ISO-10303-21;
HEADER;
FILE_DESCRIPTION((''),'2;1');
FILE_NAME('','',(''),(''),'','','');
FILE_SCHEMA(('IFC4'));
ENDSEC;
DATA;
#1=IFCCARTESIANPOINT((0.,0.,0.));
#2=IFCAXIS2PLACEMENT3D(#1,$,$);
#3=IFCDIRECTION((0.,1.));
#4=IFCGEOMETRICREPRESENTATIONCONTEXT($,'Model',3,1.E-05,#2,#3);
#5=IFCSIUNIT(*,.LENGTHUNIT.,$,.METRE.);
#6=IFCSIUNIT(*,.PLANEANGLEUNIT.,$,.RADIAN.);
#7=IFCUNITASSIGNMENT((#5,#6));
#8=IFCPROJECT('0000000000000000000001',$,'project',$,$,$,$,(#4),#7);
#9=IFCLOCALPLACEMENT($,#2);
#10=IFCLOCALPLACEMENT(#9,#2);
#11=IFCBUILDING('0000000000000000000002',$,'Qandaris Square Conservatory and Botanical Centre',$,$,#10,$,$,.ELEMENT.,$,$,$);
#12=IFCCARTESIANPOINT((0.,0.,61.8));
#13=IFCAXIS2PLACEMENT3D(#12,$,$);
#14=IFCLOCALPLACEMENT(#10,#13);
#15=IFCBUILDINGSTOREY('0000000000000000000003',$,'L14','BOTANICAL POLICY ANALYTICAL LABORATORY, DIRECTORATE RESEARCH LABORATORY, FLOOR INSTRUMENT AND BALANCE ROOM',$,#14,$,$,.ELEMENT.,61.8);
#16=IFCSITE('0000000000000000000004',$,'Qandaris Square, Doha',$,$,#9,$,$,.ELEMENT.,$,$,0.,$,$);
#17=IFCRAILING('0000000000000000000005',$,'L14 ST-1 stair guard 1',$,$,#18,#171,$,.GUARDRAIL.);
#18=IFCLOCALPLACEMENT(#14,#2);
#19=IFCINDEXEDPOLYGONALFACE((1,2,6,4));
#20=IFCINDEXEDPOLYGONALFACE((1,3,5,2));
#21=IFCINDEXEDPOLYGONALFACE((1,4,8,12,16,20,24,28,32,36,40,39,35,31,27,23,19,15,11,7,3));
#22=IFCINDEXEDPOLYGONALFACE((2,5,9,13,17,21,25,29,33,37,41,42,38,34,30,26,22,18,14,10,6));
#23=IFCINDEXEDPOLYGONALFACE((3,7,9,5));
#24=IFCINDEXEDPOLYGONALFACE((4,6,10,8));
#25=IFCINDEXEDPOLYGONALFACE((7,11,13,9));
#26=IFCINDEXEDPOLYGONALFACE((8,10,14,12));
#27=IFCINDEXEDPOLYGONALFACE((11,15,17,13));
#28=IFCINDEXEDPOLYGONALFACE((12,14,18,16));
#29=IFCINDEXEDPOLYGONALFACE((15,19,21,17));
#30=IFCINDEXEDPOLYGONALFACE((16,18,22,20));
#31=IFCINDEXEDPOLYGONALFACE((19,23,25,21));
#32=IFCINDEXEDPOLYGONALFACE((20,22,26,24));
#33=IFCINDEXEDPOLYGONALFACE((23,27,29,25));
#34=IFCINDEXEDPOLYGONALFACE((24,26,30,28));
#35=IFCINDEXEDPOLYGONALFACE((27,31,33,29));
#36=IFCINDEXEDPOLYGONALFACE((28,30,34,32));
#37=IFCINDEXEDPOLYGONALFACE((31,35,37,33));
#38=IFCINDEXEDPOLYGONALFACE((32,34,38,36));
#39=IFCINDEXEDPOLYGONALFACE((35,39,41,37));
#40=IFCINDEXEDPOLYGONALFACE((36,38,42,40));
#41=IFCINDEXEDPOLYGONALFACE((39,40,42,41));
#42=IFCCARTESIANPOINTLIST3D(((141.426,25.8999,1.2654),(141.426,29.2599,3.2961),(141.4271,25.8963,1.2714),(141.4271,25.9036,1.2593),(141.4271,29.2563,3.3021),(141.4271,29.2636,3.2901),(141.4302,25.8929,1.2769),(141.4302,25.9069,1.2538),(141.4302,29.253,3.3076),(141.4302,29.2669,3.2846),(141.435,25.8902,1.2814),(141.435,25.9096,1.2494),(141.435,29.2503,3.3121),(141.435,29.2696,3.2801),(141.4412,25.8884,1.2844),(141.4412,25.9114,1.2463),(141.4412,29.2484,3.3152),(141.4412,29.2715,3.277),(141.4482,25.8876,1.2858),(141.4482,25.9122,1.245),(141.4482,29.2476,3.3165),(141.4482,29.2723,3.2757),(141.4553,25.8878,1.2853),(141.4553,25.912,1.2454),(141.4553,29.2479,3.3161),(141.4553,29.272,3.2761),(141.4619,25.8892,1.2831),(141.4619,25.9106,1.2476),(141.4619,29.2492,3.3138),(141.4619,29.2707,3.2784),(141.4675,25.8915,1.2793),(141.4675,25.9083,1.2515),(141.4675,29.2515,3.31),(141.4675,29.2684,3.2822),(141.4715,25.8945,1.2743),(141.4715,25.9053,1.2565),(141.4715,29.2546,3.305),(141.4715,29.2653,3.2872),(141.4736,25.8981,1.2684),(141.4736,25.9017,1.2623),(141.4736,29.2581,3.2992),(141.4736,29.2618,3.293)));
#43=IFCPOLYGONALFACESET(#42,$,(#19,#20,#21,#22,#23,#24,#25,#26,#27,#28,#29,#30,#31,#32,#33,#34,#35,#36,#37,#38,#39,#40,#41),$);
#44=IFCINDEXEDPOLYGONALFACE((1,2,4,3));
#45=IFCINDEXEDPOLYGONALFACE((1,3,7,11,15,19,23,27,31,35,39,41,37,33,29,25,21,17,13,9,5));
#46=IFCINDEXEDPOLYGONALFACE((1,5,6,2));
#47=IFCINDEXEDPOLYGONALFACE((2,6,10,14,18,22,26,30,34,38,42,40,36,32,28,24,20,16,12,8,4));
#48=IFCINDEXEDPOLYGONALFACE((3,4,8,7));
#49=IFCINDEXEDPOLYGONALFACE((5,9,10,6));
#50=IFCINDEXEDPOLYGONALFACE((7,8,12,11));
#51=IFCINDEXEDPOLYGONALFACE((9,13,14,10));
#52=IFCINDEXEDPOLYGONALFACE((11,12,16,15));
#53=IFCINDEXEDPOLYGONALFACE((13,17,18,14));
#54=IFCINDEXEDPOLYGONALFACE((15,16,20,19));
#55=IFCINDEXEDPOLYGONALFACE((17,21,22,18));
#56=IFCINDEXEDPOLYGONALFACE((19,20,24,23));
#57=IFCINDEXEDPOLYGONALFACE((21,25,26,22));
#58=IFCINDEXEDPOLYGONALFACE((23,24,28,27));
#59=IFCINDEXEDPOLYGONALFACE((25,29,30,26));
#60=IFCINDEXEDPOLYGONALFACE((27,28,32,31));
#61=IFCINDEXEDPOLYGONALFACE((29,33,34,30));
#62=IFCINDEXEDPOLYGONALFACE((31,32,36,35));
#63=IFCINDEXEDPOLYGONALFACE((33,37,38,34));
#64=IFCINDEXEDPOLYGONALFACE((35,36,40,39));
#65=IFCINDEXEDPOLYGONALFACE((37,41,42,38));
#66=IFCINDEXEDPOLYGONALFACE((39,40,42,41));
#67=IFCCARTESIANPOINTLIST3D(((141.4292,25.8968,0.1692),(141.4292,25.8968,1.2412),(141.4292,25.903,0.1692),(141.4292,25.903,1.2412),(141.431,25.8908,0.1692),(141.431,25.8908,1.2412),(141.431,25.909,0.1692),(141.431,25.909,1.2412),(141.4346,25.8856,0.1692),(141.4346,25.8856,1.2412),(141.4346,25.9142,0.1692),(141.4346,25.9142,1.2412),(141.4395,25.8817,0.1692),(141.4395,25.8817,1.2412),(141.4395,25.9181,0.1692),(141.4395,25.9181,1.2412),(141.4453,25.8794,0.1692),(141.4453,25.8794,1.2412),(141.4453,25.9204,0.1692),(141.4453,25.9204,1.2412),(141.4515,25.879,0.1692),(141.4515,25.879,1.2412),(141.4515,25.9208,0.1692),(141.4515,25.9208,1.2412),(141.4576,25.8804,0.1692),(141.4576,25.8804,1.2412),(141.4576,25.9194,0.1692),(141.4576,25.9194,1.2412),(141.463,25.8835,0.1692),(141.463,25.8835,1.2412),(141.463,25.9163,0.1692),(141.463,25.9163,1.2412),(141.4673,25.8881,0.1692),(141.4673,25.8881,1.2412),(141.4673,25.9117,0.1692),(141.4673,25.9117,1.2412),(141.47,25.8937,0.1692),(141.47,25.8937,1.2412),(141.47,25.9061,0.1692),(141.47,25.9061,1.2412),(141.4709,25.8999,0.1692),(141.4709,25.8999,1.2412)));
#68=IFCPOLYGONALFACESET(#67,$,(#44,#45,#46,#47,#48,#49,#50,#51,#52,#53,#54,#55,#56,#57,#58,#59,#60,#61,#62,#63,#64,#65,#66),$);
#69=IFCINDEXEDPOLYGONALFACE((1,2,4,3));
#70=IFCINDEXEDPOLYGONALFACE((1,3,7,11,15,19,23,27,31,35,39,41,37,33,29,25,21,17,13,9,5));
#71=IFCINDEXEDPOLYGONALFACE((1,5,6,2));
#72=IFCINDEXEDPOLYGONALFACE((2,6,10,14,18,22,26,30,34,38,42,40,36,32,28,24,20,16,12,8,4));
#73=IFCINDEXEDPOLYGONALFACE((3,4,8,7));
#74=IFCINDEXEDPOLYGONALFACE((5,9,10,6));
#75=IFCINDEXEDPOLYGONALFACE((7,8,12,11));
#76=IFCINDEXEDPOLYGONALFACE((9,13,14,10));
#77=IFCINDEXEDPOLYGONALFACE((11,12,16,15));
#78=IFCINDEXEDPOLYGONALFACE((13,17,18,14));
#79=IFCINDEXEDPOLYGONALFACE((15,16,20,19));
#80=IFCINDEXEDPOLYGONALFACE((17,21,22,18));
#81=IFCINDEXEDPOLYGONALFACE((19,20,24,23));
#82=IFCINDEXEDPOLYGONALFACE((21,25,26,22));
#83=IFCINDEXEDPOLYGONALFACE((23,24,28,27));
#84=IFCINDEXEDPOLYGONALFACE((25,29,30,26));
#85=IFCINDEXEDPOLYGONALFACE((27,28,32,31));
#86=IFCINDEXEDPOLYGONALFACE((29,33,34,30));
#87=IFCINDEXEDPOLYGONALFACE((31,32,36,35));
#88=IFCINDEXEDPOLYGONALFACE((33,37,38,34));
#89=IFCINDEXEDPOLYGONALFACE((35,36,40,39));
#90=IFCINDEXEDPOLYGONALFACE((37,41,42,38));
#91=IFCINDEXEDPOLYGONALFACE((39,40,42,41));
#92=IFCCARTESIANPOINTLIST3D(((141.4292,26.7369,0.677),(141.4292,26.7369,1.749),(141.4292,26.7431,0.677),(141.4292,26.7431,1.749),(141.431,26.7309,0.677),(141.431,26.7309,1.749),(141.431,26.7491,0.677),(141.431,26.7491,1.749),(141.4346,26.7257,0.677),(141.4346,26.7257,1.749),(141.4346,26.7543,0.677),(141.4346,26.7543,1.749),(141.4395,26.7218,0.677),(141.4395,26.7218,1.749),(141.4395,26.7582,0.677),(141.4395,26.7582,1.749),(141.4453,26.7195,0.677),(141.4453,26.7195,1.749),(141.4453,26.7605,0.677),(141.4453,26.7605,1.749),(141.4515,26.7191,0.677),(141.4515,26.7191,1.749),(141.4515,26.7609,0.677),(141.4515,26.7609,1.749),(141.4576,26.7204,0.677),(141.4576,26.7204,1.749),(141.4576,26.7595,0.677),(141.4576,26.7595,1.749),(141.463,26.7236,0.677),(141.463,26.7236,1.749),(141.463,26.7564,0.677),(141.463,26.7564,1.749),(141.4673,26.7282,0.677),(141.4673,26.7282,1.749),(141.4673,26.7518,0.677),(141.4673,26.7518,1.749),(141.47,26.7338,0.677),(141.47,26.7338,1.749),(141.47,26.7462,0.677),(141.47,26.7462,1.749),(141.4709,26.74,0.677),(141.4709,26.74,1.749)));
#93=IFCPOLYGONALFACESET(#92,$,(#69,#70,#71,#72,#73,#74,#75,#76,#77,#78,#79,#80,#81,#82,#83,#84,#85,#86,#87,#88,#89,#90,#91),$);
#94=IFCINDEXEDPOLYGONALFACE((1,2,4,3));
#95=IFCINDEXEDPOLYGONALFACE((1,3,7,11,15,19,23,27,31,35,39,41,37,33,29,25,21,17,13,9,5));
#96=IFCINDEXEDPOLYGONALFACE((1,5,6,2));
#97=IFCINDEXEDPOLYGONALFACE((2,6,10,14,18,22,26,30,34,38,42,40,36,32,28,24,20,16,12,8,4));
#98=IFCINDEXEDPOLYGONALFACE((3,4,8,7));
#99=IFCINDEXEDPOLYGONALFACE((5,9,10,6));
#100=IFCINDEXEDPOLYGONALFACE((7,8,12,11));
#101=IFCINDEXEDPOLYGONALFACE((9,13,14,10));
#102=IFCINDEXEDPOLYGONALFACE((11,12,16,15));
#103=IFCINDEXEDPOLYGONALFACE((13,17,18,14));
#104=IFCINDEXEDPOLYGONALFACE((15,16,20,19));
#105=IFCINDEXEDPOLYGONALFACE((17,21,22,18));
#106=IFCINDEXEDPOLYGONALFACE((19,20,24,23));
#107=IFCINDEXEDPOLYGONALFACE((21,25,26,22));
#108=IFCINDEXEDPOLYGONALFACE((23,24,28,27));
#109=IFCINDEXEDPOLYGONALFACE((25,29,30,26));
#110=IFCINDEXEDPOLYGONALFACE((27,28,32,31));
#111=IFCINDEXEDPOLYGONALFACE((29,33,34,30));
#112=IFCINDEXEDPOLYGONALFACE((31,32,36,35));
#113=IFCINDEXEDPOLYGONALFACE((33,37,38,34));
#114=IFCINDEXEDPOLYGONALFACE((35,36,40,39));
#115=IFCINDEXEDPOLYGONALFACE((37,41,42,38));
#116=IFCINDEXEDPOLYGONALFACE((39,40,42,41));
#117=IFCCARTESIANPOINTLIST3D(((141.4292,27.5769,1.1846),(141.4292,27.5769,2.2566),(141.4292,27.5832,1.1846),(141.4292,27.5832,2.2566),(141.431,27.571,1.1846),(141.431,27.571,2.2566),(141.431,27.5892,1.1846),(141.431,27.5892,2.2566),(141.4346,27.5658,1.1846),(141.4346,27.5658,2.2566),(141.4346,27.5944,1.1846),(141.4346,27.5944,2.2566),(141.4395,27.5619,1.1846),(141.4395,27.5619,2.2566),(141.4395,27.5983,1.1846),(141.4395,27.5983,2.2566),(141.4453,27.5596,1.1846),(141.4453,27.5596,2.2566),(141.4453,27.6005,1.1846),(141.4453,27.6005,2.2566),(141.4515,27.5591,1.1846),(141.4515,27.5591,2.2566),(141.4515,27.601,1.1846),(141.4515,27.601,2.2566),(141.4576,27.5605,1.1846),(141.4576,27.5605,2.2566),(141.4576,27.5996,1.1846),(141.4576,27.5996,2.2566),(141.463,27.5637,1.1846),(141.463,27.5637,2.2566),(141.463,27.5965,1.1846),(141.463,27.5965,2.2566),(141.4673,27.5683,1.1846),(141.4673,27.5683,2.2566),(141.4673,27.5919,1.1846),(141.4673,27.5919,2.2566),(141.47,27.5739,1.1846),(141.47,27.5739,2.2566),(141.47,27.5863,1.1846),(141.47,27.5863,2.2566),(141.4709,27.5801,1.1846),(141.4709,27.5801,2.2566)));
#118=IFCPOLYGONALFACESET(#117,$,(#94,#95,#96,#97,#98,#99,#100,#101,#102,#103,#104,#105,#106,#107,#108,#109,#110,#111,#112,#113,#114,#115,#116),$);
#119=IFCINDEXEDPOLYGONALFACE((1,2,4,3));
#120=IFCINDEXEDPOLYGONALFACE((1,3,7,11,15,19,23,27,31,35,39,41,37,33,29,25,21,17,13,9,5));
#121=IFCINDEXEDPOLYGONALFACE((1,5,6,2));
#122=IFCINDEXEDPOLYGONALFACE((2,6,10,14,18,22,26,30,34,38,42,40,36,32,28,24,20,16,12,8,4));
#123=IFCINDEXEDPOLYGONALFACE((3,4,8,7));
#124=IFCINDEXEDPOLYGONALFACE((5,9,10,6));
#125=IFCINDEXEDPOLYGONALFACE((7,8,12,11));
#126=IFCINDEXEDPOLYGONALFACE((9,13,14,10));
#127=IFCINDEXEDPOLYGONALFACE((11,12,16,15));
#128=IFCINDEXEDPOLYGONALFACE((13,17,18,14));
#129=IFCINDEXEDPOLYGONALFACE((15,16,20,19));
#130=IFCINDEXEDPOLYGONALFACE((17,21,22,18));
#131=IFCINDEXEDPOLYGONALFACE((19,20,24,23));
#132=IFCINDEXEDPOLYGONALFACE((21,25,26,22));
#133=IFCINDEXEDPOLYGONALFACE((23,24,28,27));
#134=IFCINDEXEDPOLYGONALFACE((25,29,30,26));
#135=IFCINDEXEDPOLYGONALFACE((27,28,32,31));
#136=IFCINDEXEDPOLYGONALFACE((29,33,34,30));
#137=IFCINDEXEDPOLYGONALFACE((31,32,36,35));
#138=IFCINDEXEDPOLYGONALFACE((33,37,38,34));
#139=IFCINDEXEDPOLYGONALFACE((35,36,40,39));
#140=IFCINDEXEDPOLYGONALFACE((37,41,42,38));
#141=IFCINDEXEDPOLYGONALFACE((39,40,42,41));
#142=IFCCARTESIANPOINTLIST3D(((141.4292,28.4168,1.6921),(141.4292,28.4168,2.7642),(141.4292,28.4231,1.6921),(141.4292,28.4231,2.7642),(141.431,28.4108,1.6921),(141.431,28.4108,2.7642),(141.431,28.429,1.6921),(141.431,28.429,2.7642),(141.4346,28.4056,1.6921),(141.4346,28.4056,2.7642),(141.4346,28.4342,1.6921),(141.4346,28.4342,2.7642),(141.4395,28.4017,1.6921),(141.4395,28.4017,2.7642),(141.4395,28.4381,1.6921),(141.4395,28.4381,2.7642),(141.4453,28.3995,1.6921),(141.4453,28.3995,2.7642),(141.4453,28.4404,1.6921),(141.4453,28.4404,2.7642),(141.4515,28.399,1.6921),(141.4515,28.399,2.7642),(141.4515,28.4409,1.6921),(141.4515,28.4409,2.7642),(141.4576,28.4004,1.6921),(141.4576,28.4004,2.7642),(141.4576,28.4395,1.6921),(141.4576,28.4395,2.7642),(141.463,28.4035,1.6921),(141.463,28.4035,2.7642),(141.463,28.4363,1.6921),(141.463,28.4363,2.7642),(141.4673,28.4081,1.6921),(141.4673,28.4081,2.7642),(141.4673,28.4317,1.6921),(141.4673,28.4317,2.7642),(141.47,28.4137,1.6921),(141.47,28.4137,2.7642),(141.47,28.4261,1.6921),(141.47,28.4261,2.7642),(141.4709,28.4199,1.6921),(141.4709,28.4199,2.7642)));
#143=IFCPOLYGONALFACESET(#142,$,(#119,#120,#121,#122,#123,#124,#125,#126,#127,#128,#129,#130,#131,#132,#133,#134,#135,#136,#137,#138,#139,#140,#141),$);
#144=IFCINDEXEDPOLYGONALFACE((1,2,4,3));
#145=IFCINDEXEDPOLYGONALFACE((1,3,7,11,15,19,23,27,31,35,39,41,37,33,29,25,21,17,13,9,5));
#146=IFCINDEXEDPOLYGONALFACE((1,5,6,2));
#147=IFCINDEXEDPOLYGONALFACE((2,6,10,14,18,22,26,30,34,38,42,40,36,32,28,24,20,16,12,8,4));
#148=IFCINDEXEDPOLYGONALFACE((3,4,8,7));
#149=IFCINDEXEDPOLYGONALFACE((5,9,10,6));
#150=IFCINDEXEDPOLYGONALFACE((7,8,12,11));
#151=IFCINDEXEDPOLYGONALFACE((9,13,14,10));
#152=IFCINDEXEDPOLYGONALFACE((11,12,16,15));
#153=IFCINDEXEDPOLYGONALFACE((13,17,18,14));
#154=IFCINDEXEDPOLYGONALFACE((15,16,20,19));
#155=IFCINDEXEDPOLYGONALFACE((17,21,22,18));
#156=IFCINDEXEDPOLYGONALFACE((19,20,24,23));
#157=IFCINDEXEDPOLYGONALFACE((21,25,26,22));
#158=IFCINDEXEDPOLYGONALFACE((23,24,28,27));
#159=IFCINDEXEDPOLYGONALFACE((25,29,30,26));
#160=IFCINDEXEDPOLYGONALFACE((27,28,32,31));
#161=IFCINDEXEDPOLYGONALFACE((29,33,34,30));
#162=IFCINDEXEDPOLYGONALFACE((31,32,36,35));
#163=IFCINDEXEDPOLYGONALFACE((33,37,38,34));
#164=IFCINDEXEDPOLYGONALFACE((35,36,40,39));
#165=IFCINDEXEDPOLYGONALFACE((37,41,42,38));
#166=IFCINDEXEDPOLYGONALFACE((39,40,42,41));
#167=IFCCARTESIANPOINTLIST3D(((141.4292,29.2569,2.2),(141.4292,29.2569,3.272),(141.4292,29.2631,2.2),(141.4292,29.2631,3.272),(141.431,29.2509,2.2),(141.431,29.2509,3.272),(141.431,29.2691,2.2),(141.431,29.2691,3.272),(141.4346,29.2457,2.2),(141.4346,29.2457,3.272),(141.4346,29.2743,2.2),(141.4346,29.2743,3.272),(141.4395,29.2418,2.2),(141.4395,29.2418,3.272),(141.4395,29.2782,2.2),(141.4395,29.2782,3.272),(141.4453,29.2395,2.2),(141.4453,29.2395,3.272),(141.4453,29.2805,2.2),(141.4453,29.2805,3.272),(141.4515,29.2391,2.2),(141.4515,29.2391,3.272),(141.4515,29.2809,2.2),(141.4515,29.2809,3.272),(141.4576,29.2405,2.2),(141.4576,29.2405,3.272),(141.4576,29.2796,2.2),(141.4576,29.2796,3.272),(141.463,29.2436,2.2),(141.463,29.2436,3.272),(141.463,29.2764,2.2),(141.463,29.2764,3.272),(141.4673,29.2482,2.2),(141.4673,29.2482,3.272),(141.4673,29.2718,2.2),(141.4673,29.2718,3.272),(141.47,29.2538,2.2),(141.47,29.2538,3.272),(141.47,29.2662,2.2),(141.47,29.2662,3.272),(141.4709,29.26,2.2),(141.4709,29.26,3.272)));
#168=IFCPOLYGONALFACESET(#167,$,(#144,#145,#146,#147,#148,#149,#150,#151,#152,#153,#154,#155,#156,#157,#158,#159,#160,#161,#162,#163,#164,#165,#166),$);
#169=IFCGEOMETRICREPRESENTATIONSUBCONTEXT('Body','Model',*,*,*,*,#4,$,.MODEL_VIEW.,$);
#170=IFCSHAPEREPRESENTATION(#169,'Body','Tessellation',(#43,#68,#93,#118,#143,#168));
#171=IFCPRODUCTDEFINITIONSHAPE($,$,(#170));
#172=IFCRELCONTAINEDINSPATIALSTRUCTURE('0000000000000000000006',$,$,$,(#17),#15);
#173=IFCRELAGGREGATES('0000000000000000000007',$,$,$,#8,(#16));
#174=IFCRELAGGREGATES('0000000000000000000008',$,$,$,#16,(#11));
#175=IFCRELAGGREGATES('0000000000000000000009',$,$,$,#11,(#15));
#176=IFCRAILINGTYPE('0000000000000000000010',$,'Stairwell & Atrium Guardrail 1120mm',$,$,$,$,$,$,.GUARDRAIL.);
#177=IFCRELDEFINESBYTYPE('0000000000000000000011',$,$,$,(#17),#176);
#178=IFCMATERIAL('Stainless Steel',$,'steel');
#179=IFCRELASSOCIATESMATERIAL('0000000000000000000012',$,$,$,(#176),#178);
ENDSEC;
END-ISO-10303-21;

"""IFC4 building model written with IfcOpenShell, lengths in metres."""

from ifc_helpers import new_model, si_unit, direction, frame, origin, origin_2d, place, context, subcontext, project, spatial, circle, extrude, material, type_object, element, save


model = new_model("IFC4")

# Units and contexts
model_context = context("Model", 3, precision=1e-05, world=origin(), true_north=direction((0.0, 1.0)))
body_context = subcontext(model_context, "Body", "Model", "MODEL_VIEW")
ifc_project = project(units=[si_unit("LENGTHUNIT", "METRE"), si_unit("PLANEANGLEUNIT", "RADIAN")], contexts=[model_context])

# Site, building, storey
site_placement = place(None, origin())
site = spatial("IfcSite", under=ifc_project, at=site_placement, Name="Qandaris Square, Doha", CompositionType="ELEMENT", RefElevation=0.0)
building_placement = place(site_placement, origin())
building = spatial("IfcBuilding", under=site, at=building_placement, Name="Qandaris Square Conservatory and Botanical Centre", CompositionType="ELEMENT")
storey_placement = place(building_placement, frame((0.0, 0.0, 61.8)))
storey = spatial("IfcBuildingStorey", under=building, at=storey_placement, Name="L14", Description="BOTANICAL POLICY ANALYTICAL LABORATORY, DIRECTORATE RESEARCH LABORATORY, FLOOR INSTRUMENT AND BALANCE ROOM", CompositionType="ELEMENT", Elevation=61.8)

# Railing
ifc_material_1 = material(Name="Stainless Steel", Category="steel")
railing_type_1 = type_object("IfcRailingType", Name="Stairwell & Atrium Guardrail 1120mm", PredefinedType="GUARDRAIL", material=ifc_material_1)
railing_1_placement = place(storey_placement, frame((141.45, 25.8999, 0.1692)))
element("IfcRailing", 1, at=railing_1_placement, inside=storey, type_object=railing_type_1, Name="L14 ST-1 stair guard 1", PredefinedType="GUARDRAIL", context=body_context, shape_type="SweptSolid", body=[
    extrude(circle(Radius=0.0239, at=origin_2d()), frame((0.0, 0.0, 1.0962), z_axis=(0.0, 0.855837, 0.517246), x_axis=(-1.0, 0.0, 0.0)), (0.0, 0.0, 1.0), 3.926),
    extrude(circle(Radius=0.021, at=origin_2d()), origin(), (0.0, 0.0, 1.0), 1.072),
    extrude(circle(Radius=0.021, at=origin_2d()), frame((0.0, 0.8401, 0.5078)), (0.0, 0.0, 1.0), 1.072),
    extrude(circle(Radius=0.021, at=origin_2d()), frame((0.0, 1.6802, 1.0154)), (0.0, 0.0, 1.0), 1.072),
    extrude(circle(Radius=0.021, at=origin_2d()), frame((0.0, 2.52, 1.5229)), (0.0, 0.0, 1.0), 1.072),
    extrude(circle(Radius=0.021, at=origin_2d()), frame((0.0, 3.3601, 2.0308)), (0.0, 0.0, 1.0), 1.072),
])

save(model, "model.ifc")
